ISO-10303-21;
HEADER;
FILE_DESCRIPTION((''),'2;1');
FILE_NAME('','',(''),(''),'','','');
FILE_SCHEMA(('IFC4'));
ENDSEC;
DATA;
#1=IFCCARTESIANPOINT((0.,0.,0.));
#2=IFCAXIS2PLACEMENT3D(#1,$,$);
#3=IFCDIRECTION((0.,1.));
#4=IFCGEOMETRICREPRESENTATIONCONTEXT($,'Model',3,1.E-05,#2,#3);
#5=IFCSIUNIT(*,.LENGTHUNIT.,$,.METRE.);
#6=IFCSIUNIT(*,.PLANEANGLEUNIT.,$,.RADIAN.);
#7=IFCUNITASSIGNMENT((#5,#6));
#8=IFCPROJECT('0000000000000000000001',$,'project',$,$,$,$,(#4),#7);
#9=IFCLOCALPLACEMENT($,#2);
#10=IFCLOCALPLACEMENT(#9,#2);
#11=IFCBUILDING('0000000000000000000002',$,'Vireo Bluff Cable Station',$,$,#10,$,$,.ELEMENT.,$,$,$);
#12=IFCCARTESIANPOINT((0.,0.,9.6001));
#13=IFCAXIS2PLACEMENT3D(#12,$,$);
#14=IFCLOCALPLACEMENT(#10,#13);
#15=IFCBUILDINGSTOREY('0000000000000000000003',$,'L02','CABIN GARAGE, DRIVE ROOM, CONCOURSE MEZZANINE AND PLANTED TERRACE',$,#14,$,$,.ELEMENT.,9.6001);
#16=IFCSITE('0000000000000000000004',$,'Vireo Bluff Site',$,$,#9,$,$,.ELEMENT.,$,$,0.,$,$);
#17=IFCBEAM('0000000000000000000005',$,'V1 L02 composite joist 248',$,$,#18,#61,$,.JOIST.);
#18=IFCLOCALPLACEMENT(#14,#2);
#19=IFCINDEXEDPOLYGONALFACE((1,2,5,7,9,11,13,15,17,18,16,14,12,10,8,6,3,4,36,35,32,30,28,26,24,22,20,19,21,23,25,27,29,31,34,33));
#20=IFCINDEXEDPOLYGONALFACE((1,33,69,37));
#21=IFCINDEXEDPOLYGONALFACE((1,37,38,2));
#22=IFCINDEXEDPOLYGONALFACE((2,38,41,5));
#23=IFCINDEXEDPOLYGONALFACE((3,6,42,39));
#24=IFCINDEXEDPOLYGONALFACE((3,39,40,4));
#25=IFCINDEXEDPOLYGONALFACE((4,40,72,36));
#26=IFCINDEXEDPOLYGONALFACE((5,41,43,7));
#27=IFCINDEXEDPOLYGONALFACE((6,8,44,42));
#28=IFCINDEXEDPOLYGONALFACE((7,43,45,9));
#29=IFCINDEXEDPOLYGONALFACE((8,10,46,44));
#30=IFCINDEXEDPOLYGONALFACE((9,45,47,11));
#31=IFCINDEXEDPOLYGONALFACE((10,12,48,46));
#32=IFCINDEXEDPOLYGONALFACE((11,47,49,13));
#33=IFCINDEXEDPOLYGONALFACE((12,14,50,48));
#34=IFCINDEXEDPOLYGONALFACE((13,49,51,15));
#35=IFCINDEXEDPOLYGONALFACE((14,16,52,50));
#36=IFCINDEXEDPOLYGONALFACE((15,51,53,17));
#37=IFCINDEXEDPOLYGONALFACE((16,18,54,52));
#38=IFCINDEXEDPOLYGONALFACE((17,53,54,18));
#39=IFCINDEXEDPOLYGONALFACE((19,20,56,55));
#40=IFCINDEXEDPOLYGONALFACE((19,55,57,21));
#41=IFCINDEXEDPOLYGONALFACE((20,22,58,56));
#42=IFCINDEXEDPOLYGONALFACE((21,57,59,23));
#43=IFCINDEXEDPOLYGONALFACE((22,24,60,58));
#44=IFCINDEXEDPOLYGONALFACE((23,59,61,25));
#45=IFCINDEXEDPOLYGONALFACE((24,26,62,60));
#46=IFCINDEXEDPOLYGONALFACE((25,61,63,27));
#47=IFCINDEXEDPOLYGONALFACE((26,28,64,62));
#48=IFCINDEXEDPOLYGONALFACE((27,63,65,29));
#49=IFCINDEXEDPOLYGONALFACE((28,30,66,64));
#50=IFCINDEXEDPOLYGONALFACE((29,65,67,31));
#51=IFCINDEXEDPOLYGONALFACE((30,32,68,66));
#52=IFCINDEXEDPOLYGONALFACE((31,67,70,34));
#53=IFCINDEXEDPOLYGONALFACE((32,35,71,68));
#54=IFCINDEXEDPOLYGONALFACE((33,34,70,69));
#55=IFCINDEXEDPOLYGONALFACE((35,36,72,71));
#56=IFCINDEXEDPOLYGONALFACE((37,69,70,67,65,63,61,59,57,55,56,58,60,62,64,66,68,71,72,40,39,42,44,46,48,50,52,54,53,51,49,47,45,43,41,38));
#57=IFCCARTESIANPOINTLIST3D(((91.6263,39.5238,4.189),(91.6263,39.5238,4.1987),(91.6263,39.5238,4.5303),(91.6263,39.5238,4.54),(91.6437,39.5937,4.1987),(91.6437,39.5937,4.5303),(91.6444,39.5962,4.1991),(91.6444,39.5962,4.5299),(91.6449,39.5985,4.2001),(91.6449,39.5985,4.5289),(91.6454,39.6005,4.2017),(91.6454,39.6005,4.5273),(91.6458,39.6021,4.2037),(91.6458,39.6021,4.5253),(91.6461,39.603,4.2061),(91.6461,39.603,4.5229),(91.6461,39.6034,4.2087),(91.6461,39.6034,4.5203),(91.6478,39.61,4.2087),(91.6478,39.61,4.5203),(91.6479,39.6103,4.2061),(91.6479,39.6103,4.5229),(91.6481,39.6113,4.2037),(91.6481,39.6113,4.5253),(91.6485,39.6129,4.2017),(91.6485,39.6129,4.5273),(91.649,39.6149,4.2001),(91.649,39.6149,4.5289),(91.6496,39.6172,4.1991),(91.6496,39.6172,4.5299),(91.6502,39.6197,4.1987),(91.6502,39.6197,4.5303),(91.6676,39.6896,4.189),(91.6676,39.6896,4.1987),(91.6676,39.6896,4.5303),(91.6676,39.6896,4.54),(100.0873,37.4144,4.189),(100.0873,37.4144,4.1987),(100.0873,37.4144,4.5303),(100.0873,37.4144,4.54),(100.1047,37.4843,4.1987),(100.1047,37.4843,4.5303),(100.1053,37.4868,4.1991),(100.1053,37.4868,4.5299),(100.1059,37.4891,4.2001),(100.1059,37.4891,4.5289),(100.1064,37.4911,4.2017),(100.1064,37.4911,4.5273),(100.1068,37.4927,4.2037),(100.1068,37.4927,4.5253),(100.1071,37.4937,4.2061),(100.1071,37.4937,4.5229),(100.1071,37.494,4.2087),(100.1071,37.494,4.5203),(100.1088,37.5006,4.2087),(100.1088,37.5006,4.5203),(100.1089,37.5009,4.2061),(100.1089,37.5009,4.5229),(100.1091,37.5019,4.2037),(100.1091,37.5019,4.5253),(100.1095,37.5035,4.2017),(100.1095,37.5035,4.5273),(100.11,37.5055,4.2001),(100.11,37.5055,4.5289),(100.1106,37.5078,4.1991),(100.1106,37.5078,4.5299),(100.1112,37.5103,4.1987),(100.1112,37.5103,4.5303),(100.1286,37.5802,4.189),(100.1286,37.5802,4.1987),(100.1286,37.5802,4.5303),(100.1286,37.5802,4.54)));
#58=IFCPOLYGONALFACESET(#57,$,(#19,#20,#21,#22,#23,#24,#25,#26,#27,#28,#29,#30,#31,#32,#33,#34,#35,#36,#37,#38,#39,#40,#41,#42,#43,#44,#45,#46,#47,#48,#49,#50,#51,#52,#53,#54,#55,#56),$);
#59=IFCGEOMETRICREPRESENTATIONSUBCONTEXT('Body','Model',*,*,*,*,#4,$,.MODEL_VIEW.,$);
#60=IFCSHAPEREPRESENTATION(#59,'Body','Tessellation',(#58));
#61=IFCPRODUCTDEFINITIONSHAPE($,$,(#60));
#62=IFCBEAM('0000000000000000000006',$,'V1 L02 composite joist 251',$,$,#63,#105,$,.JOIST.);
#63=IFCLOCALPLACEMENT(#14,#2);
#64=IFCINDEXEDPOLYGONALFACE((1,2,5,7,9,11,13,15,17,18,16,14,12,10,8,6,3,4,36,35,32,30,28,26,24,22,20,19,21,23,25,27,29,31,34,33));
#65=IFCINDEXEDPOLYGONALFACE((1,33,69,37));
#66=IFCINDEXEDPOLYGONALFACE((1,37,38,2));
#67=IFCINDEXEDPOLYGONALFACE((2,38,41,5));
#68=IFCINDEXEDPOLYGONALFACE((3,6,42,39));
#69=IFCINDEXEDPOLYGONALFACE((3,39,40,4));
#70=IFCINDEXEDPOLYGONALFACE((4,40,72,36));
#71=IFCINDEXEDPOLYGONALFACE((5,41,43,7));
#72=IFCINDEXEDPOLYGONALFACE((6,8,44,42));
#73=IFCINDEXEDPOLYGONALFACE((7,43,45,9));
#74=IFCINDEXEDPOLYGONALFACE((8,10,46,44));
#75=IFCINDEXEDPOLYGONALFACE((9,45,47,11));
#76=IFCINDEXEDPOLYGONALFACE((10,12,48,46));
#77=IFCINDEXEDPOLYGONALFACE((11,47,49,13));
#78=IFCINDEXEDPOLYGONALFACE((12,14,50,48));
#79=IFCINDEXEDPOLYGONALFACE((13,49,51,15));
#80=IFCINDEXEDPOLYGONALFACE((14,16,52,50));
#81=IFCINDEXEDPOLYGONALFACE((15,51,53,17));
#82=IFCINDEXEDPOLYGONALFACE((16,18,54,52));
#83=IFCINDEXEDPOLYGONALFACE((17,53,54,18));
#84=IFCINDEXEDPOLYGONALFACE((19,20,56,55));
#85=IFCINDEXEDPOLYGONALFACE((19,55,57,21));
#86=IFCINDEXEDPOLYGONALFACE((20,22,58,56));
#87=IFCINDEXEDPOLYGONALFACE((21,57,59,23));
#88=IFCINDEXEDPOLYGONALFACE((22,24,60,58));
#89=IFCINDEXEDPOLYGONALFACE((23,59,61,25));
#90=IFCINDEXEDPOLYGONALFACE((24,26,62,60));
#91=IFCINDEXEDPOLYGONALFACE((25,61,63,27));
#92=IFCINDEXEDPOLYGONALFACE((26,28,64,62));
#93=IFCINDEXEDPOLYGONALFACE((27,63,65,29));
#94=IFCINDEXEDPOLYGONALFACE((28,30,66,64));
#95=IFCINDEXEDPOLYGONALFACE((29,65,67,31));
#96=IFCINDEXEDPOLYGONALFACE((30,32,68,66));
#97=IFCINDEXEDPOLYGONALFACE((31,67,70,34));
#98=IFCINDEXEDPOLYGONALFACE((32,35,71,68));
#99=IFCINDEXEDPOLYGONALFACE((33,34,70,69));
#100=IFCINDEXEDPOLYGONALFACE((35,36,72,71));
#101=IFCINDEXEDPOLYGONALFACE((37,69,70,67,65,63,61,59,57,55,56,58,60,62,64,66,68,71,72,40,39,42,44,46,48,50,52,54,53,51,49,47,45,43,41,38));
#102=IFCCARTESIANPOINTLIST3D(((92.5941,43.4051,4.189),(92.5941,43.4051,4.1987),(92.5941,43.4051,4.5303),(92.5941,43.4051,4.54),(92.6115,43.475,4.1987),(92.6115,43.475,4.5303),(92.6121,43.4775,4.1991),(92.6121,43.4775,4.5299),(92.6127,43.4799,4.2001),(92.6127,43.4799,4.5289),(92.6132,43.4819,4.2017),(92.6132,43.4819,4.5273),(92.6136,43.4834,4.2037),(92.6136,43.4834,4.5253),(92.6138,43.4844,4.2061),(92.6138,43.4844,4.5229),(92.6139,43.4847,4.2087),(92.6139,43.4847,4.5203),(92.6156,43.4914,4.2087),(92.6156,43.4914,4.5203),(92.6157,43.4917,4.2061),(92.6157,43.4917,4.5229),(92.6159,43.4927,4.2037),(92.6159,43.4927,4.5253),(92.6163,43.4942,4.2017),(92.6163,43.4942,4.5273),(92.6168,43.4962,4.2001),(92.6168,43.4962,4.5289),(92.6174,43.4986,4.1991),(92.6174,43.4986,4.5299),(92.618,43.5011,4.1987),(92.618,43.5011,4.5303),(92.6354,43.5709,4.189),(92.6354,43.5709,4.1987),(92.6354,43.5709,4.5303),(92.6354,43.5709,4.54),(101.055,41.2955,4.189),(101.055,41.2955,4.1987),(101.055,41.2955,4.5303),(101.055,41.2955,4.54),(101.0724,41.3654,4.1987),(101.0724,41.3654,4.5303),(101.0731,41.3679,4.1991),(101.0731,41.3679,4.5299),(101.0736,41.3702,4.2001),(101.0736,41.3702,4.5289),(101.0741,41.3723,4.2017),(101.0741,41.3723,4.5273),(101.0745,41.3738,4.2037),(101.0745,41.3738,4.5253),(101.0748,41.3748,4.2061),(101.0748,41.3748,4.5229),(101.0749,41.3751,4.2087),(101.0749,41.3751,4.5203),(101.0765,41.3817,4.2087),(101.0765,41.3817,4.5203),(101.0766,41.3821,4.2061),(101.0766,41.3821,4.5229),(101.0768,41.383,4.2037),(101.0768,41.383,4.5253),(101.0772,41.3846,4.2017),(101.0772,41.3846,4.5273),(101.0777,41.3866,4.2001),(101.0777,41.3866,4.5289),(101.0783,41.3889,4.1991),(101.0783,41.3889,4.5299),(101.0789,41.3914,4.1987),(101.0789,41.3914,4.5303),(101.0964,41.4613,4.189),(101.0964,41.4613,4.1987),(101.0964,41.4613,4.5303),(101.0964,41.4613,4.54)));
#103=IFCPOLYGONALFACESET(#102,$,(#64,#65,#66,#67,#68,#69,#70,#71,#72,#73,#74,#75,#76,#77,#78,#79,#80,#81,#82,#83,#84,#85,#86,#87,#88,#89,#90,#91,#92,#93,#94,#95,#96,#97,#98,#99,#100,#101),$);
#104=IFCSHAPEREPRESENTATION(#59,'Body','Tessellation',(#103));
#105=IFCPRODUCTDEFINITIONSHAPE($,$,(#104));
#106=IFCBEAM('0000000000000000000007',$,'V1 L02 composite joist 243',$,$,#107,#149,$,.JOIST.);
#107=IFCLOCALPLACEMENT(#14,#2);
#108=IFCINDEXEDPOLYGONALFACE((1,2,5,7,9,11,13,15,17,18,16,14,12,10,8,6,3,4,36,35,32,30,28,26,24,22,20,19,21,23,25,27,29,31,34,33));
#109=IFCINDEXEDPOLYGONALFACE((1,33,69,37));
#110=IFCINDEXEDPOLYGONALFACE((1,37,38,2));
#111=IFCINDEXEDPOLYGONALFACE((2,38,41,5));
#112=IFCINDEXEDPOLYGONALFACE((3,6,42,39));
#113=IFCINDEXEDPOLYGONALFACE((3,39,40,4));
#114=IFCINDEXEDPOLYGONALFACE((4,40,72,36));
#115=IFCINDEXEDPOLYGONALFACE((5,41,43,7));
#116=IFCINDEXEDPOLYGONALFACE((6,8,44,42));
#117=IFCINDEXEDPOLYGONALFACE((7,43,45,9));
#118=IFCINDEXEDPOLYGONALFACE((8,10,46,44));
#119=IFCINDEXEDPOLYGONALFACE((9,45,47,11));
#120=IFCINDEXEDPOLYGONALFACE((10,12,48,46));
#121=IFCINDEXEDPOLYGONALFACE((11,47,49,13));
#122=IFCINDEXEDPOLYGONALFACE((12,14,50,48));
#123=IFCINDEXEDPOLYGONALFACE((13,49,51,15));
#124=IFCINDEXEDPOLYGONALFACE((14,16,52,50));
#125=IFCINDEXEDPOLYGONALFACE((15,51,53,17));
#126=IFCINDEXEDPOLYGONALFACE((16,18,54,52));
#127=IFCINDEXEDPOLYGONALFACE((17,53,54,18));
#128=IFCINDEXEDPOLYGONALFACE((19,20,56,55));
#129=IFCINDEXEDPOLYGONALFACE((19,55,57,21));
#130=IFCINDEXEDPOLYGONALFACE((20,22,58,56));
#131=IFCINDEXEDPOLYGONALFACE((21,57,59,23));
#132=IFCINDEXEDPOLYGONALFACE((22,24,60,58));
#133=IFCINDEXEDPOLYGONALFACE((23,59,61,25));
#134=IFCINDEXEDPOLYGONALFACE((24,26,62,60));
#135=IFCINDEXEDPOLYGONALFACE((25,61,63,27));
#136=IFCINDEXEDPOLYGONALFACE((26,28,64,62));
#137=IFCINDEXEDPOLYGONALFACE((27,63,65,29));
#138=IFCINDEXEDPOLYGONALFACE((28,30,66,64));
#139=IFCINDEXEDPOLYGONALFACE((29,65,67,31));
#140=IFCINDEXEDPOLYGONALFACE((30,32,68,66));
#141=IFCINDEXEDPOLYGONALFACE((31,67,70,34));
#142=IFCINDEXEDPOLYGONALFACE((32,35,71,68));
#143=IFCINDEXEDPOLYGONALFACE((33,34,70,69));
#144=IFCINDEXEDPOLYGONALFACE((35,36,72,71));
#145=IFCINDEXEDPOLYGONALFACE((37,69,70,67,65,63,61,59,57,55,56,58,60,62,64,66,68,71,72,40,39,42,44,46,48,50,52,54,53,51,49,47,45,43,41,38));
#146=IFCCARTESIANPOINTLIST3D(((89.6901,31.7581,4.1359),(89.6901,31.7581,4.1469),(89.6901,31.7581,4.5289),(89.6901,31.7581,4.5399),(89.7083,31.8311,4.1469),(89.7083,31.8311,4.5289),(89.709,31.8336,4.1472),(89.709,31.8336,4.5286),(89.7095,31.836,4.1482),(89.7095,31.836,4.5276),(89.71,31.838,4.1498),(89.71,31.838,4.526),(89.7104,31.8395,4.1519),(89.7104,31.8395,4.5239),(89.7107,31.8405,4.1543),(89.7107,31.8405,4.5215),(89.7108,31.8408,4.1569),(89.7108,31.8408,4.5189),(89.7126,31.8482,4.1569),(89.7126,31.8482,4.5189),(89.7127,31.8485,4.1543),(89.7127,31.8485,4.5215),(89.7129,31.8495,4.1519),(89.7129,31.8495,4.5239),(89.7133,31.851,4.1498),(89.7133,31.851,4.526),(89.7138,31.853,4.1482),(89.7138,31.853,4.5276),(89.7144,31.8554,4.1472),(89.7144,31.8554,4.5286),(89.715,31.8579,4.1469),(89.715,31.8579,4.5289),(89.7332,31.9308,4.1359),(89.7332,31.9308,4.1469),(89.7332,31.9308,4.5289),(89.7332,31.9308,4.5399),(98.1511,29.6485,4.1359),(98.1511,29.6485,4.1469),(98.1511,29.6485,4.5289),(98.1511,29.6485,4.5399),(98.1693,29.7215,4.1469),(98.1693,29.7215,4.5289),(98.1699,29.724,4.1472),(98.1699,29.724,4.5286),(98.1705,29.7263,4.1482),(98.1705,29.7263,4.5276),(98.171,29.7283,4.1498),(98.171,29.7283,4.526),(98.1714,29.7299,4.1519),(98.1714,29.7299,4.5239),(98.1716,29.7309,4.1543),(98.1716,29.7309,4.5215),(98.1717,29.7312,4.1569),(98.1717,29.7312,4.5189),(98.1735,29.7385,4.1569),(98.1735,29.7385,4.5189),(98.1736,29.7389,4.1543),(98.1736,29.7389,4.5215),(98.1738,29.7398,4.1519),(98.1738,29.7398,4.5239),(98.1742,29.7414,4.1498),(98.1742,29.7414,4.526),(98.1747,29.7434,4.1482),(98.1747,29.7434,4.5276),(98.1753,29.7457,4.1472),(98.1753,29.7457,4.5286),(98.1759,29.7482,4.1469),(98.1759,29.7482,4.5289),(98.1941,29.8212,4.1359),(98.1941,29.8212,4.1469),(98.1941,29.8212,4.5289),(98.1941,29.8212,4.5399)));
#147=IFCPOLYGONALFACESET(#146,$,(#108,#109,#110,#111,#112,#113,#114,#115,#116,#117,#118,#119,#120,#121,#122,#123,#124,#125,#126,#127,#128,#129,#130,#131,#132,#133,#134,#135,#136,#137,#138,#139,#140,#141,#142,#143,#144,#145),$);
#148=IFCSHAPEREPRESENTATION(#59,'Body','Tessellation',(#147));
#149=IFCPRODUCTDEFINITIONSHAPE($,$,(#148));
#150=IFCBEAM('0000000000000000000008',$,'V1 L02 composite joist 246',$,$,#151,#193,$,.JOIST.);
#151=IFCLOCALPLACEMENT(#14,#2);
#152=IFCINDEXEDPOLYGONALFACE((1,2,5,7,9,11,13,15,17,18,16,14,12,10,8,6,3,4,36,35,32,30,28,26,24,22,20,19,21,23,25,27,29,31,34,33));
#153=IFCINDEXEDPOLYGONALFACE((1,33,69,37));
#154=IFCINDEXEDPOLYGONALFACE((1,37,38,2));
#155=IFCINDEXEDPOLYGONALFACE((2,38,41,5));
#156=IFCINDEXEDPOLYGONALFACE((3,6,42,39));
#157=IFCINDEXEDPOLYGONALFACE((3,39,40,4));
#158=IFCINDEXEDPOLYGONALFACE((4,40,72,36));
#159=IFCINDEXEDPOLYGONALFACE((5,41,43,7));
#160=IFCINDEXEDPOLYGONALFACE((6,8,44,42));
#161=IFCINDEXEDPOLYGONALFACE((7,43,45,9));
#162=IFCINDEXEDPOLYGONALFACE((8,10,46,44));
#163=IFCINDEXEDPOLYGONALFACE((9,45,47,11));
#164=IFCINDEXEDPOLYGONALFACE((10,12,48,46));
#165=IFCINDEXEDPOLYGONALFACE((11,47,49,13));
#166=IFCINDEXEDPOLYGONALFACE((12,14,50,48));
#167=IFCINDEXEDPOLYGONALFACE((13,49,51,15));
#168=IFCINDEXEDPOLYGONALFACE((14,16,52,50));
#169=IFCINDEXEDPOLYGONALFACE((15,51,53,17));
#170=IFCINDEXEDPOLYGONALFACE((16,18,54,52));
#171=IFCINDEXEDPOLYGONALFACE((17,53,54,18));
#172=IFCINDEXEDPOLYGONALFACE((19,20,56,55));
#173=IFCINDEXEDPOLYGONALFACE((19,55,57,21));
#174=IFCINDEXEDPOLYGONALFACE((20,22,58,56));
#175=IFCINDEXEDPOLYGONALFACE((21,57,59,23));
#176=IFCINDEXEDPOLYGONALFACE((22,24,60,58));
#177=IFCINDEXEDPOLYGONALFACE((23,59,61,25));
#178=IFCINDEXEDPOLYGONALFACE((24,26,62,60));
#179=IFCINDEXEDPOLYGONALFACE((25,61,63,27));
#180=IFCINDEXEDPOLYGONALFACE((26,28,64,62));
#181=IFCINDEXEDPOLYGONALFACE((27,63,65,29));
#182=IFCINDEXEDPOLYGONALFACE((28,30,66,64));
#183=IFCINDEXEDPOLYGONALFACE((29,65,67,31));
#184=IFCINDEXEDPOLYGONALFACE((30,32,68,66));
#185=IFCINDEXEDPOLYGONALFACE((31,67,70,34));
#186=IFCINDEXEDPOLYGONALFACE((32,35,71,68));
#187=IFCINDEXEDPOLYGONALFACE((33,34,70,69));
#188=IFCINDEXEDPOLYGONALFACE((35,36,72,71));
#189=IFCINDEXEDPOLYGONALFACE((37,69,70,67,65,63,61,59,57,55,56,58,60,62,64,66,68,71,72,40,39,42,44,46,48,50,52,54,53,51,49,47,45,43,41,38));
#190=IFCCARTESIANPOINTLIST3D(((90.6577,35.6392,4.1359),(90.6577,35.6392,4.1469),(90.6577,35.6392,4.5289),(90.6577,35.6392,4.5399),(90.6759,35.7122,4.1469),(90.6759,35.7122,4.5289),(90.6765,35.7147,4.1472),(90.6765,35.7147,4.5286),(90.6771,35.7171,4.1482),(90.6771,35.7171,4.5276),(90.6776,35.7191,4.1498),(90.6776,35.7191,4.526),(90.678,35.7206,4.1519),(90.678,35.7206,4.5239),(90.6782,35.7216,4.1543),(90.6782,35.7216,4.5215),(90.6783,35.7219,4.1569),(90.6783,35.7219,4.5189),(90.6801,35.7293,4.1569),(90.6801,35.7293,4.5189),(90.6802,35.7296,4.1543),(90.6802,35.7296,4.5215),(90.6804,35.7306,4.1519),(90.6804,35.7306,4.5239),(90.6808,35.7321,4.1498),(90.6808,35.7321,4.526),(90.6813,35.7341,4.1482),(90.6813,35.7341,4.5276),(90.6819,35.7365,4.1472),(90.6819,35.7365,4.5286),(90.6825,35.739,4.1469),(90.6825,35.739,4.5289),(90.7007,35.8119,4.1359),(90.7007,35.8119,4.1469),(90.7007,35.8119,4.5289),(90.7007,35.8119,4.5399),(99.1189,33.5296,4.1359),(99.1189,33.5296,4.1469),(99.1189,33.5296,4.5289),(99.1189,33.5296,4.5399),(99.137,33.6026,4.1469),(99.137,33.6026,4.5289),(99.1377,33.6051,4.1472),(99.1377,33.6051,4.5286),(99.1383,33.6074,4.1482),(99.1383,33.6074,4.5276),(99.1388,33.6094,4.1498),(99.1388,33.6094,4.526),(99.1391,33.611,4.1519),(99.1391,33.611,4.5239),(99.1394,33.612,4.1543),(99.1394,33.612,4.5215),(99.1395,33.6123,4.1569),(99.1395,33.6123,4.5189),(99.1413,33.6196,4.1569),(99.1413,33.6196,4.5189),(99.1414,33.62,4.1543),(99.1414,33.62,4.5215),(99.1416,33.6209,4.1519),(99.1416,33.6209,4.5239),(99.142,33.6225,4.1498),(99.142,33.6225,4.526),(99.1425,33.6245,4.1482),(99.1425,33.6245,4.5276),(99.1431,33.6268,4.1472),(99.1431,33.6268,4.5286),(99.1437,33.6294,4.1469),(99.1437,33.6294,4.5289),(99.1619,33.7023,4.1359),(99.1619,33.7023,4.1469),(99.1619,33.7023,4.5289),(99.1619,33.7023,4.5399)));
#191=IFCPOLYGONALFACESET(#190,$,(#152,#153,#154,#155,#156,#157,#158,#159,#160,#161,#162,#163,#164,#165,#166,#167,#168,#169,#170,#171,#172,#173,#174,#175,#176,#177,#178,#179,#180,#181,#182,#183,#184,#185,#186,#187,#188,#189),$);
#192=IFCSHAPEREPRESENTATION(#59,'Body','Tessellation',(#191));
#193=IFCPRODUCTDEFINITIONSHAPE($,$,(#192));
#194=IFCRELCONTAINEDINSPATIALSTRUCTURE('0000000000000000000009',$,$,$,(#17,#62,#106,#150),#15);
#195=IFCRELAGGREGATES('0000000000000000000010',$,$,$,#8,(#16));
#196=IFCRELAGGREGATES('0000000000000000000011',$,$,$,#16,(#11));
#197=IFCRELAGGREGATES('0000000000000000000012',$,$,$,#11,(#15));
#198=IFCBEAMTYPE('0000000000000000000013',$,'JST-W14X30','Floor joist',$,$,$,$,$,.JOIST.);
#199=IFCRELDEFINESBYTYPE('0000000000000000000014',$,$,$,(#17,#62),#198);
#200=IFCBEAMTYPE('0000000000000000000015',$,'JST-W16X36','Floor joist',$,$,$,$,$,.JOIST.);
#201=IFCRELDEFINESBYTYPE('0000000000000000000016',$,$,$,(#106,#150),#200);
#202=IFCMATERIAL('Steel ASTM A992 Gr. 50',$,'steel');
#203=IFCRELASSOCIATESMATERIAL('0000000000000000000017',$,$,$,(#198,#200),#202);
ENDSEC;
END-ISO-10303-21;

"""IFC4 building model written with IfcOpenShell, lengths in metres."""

from ifc_helpers import new_model, si_unit, direction, frame, origin, origin_2d, place, context, subcontext, project, spatial, i_section, extrude, material, material_profile, profile_set, type_object, element, save


model = new_model("IFC4")

# Units and contexts
model_context = context("Model", 3, precision=1e-05, world=origin(), true_north=direction((0.0, 1.0)))
body_context = subcontext(model_context, "Body", "Model", "MODEL_VIEW")
ifc_project = project(units=[si_unit("LENGTHUNIT", "METRE"), si_unit("PLANEANGLEUNIT", "RADIAN")], contexts=[model_context])

# Site, building, storey
site_placement = place(None, origin())
site = spatial("IfcSite", under=ifc_project, at=site_placement, Name="Vireo Bluff Site", CompositionType="ELEMENT", RefElevation=0.0)
building_placement = place(site_placement, origin())
building = spatial("IfcBuilding", under=site, at=building_placement, Name="Vireo Bluff Cable Station", CompositionType="ELEMENT")
storey_placement = place(building_placement, frame((0.0, 0.0, 9.6001)))
storey = spatial("IfcBuildingStorey", under=building, at=storey_placement, Name="L02", Description="CABIN GARAGE, DRIVE ROOM, CONCOURSE MEZZANINE AND PLANTED TERRACE", CompositionType="ELEMENT", Elevation=9.6001)

# Shared definitions
ifc_material_1 = material(Name="Steel ASTM A992 Gr. 50", Category="steel")

# Beams
ifc_material_profile_1 = material_profile(ifc_material_1, i_section(OverallWidth=0.1709, OverallDepth=0.3511, WebThickness=0.0068, FlangeThickness=0.0098, FilletRadius=0.01, at=origin_2d()), Name="W14X30")
ifc_profile_set_1 = profile_set([ifc_material_profile_1], Name="Steel ASTM A992 Gr. 50")
beam_type_1 = type_object("IfcBeamType", Name="JST-W14X30", Description="Floor joist", PredefinedType="JOIST", material=ifc_profile_set_1)
for number, where, z_axis, x_axis, name in (
    (1, (91.647, 39.6067, 4.3645), (0.9703, -0.241903, 0.0), (0.241903, 0.9703, 0.0), "V1 L02 composite joist 248"),
    (2, (92.6147, 43.488, 4.3645), (0.970294, -0.24193, 0.0), (0.24193, 0.970294, 0.0), "V1 L02 composite joist 251"),
):
    element("IfcBeam", number, at=place(storey_placement, frame(where, z_axis=z_axis, x_axis=x_axis)), inside=storey, type_object=beam_type_1, Name=name, PredefinedType="JOIST", context=body_context, shape_type="SweptSolid", body=[
        extrude(i_section(OverallWidth=0.1709, OverallDepth=0.3511, WebThickness=0.0068, FlangeThickness=0.0098, FilletRadius=0.01, at=origin_2d()), origin(), (0.0, 0.0, 1.0), 8.72),
    ])
ifc_material_profile_2 = material_profile(ifc_material_1, i_section(OverallWidth=0.178, OverallDepth=0.4041, WebThickness=0.0076, FlangeThickness=0.011, FilletRadius=0.01, at=origin_2d()), Name="W16X36")
ifc_profile_set_2 = profile_set([ifc_material_profile_2], Name="Steel ASTM A992 Gr. 50")
beam_type_2 = type_object("IfcBeamType", Name="JST-W16X36", Description="Floor joist", PredefinedType="JOIST", material=ifc_profile_set_2)
beam_1_placement = place(storey_placement, frame((89.7117, 31.8445, 4.3379), z_axis=(0.970294, -0.24193, 0.0), x_axis=(0.24193, 0.970294, 0.0)))
element("IfcBeam", 3, at=beam_1_placement, inside=storey, type_object=beam_type_2, Name="V1 L02 composite joist 243", PredefinedType="JOIST", context=body_context, shape_type="SweptSolid", body=[
    extrude(i_section(OverallWidth=0.178, OverallDepth=0.4041, WebThickness=0.0076, FlangeThickness=0.011, FilletRadius=0.01, at=origin_2d()), origin(), (0.0, 0.0, 1.0), 8.72),
])
beam_2_placement = place(storey_placement, frame((90.6792, 35.7256, 4.3379), z_axis=(0.970295, -0.241923, 0.0), x_axis=(0.241923, 0.970295, 0.0)))
element("IfcBeam", 4, at=beam_2_placement, inside=storey, type_object=beam_type_2, Name="V1 L02 composite joist 246", PredefinedType="JOIST", context=body_context, shape_type="SweptSolid", body=[
    extrude(i_section(OverallWidth=0.178, OverallDepth=0.4041, WebThickness=0.0076, FlangeThickness=0.011, FilletRadius=0.01, at=origin_2d()), origin(), (0.0, 0.0, 1.0), 8.7202),
])

save(model, "model.ifc")
